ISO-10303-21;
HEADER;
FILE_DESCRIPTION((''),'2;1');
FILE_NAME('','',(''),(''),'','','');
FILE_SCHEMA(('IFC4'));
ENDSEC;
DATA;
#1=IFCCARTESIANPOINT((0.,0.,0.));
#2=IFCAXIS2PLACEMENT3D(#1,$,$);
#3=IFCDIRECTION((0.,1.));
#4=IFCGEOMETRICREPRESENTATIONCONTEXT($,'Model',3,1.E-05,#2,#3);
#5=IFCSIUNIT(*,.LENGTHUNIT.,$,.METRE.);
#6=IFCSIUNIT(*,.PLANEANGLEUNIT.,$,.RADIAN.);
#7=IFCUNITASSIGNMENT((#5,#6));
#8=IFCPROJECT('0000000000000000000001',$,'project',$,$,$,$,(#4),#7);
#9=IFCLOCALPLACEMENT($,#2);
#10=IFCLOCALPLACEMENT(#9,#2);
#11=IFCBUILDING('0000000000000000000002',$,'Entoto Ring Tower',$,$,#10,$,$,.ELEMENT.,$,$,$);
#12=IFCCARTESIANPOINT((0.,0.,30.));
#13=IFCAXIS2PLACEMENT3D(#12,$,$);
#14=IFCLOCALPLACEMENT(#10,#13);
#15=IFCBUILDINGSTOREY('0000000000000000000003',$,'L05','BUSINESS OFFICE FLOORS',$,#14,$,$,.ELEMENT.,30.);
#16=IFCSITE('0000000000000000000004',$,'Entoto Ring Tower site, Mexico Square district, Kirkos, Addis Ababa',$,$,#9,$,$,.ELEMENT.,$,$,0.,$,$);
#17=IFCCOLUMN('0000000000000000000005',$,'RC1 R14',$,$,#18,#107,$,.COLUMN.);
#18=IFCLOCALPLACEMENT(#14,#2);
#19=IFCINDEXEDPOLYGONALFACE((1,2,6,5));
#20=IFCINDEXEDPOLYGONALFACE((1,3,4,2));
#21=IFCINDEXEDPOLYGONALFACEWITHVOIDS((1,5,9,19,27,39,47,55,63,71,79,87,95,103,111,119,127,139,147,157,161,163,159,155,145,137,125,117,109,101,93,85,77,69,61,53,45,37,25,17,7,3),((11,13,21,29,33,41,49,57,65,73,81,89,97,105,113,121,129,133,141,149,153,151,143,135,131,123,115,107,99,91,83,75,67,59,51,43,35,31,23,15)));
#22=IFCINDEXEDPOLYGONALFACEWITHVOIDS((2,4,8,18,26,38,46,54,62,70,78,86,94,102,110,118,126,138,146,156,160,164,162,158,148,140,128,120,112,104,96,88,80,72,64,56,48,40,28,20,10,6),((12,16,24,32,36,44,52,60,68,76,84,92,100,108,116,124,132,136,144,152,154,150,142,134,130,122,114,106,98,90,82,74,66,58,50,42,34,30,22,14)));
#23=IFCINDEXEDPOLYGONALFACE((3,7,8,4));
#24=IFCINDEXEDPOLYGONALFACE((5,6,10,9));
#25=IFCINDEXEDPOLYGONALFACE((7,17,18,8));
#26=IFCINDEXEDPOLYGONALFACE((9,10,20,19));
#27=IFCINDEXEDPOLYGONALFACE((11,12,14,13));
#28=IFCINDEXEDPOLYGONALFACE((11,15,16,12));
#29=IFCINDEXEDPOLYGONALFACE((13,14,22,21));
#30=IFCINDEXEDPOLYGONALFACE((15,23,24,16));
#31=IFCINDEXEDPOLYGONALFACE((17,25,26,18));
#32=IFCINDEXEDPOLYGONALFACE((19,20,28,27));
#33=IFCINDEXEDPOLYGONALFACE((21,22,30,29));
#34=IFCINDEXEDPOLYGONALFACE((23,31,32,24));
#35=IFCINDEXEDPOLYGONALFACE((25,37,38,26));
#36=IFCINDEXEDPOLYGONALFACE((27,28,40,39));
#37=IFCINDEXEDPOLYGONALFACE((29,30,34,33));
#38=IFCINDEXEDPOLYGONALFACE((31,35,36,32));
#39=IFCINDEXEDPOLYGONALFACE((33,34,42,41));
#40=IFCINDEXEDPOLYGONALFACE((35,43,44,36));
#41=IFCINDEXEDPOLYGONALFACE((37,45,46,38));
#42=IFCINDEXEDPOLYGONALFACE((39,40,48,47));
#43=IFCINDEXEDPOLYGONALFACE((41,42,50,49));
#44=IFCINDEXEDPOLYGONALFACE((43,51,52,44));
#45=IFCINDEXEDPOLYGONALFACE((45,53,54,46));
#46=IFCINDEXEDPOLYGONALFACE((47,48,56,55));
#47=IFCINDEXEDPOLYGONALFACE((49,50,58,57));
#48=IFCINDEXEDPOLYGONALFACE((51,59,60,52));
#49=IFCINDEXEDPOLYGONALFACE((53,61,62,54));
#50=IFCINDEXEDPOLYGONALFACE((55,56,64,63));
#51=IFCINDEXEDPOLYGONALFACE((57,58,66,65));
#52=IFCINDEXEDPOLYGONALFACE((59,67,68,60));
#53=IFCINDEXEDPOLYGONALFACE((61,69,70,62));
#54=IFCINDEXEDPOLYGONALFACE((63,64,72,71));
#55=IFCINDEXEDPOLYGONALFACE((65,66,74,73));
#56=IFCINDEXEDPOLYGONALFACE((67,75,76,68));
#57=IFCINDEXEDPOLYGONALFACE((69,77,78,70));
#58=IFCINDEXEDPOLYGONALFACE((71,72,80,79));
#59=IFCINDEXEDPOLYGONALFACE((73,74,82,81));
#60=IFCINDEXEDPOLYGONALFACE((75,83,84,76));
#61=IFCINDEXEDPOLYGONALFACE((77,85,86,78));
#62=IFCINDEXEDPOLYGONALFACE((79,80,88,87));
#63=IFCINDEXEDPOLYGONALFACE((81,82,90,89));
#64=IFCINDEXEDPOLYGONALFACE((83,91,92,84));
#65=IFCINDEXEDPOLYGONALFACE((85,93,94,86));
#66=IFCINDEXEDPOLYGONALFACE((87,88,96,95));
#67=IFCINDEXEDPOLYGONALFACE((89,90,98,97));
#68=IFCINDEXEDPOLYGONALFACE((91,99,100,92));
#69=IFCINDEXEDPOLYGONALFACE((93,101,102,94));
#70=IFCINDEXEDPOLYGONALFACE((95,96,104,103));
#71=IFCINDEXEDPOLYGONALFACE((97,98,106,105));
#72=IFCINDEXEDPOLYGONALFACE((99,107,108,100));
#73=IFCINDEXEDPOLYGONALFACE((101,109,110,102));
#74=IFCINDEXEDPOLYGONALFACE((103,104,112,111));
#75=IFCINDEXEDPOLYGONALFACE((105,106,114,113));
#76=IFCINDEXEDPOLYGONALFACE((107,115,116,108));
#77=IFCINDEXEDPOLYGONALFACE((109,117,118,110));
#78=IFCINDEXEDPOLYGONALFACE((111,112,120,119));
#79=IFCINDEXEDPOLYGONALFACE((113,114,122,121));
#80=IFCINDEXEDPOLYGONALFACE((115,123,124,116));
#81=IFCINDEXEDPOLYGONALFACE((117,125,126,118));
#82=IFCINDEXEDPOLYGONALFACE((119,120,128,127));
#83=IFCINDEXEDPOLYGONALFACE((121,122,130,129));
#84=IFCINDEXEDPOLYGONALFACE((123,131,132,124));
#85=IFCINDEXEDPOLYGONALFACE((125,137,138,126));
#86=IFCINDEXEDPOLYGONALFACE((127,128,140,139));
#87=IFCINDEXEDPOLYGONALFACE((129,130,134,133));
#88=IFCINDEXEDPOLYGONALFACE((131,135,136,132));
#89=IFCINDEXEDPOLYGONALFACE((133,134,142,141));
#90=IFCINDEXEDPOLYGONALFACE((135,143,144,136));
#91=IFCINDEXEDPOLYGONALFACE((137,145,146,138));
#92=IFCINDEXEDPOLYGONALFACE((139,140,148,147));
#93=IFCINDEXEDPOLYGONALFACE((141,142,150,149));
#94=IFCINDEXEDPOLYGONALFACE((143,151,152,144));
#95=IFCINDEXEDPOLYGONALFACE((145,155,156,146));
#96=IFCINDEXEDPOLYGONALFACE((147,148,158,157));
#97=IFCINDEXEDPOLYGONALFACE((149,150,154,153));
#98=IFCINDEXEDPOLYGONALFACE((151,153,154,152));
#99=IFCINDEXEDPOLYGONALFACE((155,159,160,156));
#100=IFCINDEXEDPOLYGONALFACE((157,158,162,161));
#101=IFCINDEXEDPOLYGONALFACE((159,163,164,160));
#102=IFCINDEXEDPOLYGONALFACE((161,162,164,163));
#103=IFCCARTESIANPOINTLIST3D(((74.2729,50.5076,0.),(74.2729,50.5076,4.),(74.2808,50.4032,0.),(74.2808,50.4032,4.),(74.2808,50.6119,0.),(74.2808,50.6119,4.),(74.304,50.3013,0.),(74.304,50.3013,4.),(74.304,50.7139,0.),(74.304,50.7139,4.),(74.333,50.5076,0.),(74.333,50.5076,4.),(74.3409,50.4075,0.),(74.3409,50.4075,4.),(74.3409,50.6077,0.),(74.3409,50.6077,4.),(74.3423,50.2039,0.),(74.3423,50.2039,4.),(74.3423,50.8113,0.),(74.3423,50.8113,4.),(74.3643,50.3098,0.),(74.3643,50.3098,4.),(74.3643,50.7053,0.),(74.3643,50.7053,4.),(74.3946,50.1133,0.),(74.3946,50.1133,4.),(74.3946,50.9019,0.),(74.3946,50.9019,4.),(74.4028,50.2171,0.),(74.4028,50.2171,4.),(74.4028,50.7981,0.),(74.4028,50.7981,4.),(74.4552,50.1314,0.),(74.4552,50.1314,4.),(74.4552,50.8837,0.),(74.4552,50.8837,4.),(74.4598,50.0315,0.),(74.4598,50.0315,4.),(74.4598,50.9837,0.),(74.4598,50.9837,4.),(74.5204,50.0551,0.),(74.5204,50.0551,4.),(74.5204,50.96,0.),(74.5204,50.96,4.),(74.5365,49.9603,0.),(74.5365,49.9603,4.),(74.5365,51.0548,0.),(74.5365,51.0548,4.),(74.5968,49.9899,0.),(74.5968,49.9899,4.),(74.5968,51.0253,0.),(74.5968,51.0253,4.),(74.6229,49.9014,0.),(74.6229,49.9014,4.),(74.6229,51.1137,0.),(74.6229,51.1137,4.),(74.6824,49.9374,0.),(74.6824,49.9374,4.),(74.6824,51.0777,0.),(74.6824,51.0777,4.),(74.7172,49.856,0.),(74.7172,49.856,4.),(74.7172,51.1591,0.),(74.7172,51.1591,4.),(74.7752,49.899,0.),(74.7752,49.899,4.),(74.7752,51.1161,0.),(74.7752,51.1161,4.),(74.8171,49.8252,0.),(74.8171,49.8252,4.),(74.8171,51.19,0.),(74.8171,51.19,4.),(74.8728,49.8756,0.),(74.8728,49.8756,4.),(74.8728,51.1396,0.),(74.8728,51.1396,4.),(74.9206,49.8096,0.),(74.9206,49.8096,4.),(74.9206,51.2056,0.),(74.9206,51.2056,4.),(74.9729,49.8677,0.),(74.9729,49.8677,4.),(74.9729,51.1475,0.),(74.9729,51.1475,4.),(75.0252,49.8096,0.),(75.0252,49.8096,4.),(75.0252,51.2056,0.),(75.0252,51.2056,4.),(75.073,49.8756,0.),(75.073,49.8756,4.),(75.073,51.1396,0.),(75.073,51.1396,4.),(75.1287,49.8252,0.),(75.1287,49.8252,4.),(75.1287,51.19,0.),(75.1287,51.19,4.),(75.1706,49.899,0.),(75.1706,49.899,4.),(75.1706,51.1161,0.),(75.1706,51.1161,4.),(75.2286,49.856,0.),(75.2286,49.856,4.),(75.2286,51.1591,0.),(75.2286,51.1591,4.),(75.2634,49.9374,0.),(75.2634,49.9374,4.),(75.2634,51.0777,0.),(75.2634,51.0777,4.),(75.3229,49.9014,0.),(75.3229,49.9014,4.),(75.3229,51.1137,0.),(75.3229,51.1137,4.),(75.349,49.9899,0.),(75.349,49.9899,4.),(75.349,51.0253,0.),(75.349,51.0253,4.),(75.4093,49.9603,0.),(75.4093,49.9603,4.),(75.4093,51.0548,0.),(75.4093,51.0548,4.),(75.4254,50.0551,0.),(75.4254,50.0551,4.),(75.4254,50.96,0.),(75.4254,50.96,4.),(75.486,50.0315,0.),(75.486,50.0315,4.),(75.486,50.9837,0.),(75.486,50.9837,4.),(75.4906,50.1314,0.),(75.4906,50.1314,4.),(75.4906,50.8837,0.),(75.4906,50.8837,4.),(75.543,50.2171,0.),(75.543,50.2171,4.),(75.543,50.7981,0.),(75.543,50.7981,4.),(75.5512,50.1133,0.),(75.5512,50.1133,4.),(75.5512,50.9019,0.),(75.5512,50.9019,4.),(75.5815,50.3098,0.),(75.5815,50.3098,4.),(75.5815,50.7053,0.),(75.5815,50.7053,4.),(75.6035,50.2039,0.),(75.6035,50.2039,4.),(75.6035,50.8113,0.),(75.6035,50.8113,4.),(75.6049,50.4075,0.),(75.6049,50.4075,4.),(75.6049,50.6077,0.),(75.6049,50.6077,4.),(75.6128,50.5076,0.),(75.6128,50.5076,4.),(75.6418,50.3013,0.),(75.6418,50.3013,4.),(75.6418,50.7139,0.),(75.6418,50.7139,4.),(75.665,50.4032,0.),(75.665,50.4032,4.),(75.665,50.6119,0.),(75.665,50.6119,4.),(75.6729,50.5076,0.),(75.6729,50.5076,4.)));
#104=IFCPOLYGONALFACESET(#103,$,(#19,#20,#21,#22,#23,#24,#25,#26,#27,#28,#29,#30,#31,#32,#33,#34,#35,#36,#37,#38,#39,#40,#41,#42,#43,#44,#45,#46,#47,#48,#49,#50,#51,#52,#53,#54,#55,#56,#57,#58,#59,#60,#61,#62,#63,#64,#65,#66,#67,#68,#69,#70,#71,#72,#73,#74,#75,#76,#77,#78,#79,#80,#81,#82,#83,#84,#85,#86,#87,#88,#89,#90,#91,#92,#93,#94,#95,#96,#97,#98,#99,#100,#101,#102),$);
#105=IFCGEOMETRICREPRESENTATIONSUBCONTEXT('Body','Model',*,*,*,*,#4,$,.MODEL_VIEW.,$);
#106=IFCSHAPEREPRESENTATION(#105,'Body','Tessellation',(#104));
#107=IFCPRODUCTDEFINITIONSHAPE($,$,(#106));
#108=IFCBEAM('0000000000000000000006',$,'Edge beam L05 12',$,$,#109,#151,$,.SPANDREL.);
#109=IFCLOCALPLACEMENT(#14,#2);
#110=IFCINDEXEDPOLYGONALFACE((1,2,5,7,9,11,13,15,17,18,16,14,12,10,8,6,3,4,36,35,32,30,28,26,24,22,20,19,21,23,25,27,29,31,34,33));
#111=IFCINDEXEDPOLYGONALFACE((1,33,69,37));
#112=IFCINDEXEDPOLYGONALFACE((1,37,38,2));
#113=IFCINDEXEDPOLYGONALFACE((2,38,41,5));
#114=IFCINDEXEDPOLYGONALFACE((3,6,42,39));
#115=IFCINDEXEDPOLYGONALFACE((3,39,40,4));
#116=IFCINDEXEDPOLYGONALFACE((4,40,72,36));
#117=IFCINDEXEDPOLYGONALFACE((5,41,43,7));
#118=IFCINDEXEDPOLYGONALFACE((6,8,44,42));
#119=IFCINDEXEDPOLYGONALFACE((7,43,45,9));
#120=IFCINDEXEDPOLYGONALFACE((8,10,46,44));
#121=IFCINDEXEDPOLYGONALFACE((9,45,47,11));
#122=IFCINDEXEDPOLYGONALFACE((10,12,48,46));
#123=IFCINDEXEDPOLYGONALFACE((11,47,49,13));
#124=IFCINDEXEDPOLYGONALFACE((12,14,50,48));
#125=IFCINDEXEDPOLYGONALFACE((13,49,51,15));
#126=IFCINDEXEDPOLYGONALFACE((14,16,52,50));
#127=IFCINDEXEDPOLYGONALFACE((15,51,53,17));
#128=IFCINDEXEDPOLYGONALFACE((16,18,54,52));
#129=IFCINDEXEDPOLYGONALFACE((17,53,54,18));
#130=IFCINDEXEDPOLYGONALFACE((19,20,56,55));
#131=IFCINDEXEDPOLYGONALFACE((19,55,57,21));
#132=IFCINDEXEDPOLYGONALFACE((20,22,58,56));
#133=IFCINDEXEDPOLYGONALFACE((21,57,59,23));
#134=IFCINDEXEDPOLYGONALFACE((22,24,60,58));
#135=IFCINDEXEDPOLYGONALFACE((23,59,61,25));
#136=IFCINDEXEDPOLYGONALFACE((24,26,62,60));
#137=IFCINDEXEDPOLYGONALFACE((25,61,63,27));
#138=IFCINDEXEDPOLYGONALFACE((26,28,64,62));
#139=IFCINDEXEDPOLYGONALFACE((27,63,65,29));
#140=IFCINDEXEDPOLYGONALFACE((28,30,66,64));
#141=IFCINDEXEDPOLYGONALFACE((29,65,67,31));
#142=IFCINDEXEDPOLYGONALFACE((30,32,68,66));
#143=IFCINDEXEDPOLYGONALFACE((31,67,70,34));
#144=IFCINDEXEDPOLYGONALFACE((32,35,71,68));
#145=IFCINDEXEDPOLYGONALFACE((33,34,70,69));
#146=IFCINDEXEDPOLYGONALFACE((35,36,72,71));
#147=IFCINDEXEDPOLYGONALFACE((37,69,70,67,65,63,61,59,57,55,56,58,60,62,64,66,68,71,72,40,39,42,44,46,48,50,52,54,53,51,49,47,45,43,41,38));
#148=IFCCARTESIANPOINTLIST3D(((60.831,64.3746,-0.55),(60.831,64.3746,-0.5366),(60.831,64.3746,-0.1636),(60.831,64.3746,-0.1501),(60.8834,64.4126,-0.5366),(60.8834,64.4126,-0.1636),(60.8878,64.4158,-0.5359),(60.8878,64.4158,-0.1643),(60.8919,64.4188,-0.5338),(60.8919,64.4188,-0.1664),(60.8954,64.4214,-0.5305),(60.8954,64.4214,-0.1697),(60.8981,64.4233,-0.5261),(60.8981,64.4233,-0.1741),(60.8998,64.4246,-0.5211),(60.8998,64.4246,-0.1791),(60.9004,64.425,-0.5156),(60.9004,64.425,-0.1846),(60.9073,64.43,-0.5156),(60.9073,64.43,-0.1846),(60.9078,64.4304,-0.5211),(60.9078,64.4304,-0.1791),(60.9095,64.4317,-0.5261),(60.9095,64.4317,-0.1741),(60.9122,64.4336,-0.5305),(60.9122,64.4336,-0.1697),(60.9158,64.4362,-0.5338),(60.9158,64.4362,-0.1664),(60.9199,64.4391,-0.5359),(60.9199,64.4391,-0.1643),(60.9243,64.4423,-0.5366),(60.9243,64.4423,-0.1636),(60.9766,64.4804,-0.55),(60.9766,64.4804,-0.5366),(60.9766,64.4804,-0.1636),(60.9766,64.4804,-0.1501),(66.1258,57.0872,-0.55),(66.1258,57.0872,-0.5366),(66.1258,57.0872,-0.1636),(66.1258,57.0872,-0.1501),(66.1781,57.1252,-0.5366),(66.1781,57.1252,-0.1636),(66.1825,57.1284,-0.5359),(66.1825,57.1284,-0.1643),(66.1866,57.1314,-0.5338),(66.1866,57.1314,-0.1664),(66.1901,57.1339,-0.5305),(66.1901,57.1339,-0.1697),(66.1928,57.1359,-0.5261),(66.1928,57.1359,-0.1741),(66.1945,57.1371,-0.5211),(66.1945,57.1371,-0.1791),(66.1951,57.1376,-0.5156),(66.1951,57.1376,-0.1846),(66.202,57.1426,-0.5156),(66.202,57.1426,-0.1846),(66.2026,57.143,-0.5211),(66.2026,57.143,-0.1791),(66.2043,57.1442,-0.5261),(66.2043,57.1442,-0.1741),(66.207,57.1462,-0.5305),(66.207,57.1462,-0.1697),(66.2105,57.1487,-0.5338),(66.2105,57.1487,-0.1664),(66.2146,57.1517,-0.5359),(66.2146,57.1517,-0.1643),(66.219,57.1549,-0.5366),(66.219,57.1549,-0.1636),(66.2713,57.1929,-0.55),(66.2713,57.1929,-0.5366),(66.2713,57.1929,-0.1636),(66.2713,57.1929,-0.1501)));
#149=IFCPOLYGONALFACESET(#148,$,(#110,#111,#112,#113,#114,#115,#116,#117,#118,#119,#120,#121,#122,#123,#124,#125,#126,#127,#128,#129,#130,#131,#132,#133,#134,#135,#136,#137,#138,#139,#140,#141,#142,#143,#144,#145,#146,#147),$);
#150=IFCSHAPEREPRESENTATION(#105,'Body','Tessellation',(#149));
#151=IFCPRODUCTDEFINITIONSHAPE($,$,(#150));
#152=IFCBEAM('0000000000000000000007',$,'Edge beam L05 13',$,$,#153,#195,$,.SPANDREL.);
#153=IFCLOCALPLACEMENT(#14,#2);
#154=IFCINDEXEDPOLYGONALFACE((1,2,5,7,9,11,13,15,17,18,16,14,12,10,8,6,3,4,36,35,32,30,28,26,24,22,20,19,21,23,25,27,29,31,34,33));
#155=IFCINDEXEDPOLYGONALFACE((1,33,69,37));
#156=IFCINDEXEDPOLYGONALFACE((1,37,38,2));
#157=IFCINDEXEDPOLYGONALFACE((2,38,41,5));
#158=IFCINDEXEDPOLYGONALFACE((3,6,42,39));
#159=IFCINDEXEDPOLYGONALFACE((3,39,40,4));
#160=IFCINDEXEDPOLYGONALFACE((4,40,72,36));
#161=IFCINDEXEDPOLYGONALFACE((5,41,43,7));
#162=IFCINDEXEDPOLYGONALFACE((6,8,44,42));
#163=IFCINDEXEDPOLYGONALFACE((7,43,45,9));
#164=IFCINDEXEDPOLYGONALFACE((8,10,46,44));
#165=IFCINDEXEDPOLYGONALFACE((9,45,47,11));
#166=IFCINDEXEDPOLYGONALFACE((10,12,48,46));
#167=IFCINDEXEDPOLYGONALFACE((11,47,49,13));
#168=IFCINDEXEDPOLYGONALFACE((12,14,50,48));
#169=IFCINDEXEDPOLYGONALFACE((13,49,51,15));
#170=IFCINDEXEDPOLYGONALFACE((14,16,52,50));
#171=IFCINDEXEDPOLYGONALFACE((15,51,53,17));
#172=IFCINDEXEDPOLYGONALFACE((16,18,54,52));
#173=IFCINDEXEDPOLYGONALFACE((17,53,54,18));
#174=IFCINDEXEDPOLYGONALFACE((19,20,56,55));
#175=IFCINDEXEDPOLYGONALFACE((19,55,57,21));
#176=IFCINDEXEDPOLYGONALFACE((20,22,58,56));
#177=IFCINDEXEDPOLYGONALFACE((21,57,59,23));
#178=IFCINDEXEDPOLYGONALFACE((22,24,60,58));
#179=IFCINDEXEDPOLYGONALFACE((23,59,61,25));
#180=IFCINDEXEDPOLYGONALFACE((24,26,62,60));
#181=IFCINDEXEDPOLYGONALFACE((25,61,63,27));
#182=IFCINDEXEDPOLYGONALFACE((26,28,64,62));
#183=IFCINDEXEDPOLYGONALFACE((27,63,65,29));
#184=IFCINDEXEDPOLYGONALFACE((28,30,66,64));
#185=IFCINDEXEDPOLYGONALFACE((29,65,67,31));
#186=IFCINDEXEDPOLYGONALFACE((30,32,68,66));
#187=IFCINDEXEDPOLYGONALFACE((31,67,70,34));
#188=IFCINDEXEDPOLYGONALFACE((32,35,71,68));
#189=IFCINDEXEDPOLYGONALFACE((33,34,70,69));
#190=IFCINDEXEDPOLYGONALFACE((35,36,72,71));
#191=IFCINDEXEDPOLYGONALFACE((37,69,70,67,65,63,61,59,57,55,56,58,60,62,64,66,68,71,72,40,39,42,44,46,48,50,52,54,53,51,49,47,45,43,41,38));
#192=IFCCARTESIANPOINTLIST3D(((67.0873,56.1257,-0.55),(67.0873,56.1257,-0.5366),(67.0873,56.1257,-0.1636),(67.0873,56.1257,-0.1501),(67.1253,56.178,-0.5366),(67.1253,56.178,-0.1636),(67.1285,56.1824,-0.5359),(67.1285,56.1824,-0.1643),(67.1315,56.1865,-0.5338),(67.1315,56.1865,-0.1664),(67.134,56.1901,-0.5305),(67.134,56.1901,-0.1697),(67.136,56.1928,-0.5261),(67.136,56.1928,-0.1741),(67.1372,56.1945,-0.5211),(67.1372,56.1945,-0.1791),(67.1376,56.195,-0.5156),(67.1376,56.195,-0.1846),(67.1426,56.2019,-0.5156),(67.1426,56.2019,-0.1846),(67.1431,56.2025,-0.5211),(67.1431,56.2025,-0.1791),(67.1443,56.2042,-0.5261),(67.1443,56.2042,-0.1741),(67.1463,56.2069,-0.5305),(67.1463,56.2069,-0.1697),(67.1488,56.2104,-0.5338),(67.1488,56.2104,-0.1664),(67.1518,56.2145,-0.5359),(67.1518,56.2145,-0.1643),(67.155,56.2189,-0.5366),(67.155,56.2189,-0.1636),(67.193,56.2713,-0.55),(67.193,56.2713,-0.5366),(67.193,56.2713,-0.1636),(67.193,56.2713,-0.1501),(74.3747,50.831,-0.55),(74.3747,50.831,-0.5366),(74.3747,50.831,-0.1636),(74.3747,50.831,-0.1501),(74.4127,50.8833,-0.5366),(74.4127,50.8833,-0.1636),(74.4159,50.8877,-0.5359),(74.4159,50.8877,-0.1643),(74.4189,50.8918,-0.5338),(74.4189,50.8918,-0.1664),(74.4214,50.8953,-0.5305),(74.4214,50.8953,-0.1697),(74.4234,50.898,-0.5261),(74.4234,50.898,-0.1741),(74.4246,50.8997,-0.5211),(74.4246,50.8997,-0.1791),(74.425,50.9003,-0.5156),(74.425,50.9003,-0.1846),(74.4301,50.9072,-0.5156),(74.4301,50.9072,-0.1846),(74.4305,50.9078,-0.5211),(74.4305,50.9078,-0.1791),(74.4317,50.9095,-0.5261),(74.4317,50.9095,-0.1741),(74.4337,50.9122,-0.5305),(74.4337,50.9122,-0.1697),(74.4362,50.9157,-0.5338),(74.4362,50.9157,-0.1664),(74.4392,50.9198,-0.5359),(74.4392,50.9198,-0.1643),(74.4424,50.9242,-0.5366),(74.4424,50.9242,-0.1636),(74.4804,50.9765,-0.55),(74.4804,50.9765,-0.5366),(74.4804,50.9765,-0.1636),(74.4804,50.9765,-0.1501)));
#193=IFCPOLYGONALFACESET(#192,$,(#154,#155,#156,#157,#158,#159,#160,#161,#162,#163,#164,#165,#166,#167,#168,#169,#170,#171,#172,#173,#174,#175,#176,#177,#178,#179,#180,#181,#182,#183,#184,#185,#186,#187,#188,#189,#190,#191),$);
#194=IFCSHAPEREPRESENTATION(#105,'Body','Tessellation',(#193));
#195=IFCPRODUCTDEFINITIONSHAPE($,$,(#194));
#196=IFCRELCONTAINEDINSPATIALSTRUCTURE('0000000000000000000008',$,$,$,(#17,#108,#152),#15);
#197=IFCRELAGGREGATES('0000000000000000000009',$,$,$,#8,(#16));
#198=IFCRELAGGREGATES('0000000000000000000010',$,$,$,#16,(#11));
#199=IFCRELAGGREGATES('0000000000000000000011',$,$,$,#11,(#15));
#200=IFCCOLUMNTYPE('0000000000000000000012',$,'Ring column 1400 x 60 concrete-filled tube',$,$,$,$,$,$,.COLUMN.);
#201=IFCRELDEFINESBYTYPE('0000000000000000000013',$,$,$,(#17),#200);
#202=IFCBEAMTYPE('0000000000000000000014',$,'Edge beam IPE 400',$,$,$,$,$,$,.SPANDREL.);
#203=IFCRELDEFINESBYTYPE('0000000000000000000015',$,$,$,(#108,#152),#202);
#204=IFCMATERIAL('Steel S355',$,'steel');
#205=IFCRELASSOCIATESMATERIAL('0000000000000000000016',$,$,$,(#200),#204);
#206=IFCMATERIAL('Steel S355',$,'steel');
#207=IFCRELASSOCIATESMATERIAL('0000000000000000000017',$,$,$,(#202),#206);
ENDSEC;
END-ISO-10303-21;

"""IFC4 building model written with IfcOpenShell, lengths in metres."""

from ifc_helpers import new_model, si_unit, direction, frame, origin, origin_2d, place, context, subcontext, project, spatial, circle, hollow_circle, i_section, extrude, material, material_profile, profile_set, type_object, element, save


model = new_model("IFC4")

# Units and contexts
model_context = context("Model", 3, precision=1e-05, world=origin(), true_north=direction((0.0, 1.0)))
body_context = subcontext(model_context, "Body", "Model", "MODEL_VIEW")
ifc_project = project(units=[si_unit("LENGTHUNIT", "METRE"), si_unit("PLANEANGLEUNIT", "RADIAN")], contexts=[model_context])

# Site, building, storey
site_placement = place(None, origin())
site = spatial("IfcSite", under=ifc_project, at=site_placement, Name="Entoto Ring Tower site, Mexico Square district, Kirkos, Addis Ababa", CompositionType="ELEMENT", RefElevation=0.0)
building_placement = place(site_placement, origin())
building = spatial("IfcBuilding", under=site, at=building_placement, Name="Entoto Ring Tower", CompositionType="ELEMENT")
storey_placement = place(building_placement, frame((0.0, 0.0, 30.0)))
storey = spatial("IfcBuildingStorey", under=building, at=storey_placement, Name="L05", Description="BUSINESS OFFICE FLOORS", CompositionType="ELEMENT", Elevation=30.0)

# Column
ifc_material_1 = material(Name="Steel S355", Category="steel")
ifc_material_profile_1 = material_profile(ifc_material_1, hollow_circle(Radius=0.7, WallThickness=0.0601, at=origin_2d()), Name="CHS 1400 x 60")
ifc_material_2 = material(Name="Concrete C60/75", Category="concrete")
ifc_material_profile_2 = material_profile(ifc_material_2, circle(Radius=0.6399, at=origin_2d()), Name="Concrete C60/75 infill")
ifc_profile_set_1 = profile_set([ifc_material_profile_1, ifc_material_profile_2], Name="Steel S355")
column_type = type_object("IfcColumnType", Name="Ring column 1400 x 60 concrete-filled tube", PredefinedType="COLUMN", material=ifc_profile_set_1)
for number, where, z_axis, x_axis, name in (
    (1, (74.9729, 50.5076, 0.0), (0.0, 0.0, 1.0), (1.0, 0.0, 0.0), "RC1 R14"),
):
    element("IfcColumn", number, at=place(storey_placement, frame(where, z_axis=z_axis, x_axis=x_axis)), inside=storey, type_object=column_type, Name=name, PredefinedType="COLUMN", context=body_context, shape_type="SweptSolid", body=[
        extrude(hollow_circle(Radius=0.7, WallThickness=0.0601, at=origin_2d()), origin(), (0.0, 0.0, 1.0), 4.0),
    ])

# Beams
ifc_material_3 = material(Name="Steel S355", Category="steel")
ifc_material_profile_3 = material_profile(ifc_material_3, i_section(OverallWidth=0.1799, OverallDepth=0.3999, WebThickness=0.0085, FlangeThickness=0.0134, FilletRadius=0.021, at=origin_2d()), Name="IPE 400")
ifc_profile_set_2 = profile_set([ifc_material_profile_3], Name="Steel S355")
beam_type = type_object("IfcBeamType", Name="Edge beam IPE 400", PredefinedType="SPANDREL", material=ifc_profile_set_2)
for number, where, z_axis, x_axis, name in (
    (2, (60.9038, 64.4275, -0.3501), (0.587793, -0.809011, 0.0), (0.809011, 0.587793, 0.0), "Edge beam L05 12"),
    (3, (67.1401, 56.1985, -0.3501), (0.809011, -0.587793, 0.0), (0.587793, 0.809011, 0.0), "Edge beam L05 13"),
):
    element("IfcBeam", number, at=place(storey_placement, frame(where, z_axis=z_axis, x_axis=x_axis)), inside=storey, type_object=beam_type, Name=name, PredefinedType="SPANDREL", context=body_context, shape_type="SweptSolid", body=[
        extrude(i_section(OverallWidth=0.1799, OverallDepth=0.3999, WebThickness=0.0085, FlangeThickness=0.0134, FilletRadius=0.021, at=origin_2d()), origin(), (0.0, 0.0, 1.0), 9.0078),
    ])

save(model, "model.ifc")
